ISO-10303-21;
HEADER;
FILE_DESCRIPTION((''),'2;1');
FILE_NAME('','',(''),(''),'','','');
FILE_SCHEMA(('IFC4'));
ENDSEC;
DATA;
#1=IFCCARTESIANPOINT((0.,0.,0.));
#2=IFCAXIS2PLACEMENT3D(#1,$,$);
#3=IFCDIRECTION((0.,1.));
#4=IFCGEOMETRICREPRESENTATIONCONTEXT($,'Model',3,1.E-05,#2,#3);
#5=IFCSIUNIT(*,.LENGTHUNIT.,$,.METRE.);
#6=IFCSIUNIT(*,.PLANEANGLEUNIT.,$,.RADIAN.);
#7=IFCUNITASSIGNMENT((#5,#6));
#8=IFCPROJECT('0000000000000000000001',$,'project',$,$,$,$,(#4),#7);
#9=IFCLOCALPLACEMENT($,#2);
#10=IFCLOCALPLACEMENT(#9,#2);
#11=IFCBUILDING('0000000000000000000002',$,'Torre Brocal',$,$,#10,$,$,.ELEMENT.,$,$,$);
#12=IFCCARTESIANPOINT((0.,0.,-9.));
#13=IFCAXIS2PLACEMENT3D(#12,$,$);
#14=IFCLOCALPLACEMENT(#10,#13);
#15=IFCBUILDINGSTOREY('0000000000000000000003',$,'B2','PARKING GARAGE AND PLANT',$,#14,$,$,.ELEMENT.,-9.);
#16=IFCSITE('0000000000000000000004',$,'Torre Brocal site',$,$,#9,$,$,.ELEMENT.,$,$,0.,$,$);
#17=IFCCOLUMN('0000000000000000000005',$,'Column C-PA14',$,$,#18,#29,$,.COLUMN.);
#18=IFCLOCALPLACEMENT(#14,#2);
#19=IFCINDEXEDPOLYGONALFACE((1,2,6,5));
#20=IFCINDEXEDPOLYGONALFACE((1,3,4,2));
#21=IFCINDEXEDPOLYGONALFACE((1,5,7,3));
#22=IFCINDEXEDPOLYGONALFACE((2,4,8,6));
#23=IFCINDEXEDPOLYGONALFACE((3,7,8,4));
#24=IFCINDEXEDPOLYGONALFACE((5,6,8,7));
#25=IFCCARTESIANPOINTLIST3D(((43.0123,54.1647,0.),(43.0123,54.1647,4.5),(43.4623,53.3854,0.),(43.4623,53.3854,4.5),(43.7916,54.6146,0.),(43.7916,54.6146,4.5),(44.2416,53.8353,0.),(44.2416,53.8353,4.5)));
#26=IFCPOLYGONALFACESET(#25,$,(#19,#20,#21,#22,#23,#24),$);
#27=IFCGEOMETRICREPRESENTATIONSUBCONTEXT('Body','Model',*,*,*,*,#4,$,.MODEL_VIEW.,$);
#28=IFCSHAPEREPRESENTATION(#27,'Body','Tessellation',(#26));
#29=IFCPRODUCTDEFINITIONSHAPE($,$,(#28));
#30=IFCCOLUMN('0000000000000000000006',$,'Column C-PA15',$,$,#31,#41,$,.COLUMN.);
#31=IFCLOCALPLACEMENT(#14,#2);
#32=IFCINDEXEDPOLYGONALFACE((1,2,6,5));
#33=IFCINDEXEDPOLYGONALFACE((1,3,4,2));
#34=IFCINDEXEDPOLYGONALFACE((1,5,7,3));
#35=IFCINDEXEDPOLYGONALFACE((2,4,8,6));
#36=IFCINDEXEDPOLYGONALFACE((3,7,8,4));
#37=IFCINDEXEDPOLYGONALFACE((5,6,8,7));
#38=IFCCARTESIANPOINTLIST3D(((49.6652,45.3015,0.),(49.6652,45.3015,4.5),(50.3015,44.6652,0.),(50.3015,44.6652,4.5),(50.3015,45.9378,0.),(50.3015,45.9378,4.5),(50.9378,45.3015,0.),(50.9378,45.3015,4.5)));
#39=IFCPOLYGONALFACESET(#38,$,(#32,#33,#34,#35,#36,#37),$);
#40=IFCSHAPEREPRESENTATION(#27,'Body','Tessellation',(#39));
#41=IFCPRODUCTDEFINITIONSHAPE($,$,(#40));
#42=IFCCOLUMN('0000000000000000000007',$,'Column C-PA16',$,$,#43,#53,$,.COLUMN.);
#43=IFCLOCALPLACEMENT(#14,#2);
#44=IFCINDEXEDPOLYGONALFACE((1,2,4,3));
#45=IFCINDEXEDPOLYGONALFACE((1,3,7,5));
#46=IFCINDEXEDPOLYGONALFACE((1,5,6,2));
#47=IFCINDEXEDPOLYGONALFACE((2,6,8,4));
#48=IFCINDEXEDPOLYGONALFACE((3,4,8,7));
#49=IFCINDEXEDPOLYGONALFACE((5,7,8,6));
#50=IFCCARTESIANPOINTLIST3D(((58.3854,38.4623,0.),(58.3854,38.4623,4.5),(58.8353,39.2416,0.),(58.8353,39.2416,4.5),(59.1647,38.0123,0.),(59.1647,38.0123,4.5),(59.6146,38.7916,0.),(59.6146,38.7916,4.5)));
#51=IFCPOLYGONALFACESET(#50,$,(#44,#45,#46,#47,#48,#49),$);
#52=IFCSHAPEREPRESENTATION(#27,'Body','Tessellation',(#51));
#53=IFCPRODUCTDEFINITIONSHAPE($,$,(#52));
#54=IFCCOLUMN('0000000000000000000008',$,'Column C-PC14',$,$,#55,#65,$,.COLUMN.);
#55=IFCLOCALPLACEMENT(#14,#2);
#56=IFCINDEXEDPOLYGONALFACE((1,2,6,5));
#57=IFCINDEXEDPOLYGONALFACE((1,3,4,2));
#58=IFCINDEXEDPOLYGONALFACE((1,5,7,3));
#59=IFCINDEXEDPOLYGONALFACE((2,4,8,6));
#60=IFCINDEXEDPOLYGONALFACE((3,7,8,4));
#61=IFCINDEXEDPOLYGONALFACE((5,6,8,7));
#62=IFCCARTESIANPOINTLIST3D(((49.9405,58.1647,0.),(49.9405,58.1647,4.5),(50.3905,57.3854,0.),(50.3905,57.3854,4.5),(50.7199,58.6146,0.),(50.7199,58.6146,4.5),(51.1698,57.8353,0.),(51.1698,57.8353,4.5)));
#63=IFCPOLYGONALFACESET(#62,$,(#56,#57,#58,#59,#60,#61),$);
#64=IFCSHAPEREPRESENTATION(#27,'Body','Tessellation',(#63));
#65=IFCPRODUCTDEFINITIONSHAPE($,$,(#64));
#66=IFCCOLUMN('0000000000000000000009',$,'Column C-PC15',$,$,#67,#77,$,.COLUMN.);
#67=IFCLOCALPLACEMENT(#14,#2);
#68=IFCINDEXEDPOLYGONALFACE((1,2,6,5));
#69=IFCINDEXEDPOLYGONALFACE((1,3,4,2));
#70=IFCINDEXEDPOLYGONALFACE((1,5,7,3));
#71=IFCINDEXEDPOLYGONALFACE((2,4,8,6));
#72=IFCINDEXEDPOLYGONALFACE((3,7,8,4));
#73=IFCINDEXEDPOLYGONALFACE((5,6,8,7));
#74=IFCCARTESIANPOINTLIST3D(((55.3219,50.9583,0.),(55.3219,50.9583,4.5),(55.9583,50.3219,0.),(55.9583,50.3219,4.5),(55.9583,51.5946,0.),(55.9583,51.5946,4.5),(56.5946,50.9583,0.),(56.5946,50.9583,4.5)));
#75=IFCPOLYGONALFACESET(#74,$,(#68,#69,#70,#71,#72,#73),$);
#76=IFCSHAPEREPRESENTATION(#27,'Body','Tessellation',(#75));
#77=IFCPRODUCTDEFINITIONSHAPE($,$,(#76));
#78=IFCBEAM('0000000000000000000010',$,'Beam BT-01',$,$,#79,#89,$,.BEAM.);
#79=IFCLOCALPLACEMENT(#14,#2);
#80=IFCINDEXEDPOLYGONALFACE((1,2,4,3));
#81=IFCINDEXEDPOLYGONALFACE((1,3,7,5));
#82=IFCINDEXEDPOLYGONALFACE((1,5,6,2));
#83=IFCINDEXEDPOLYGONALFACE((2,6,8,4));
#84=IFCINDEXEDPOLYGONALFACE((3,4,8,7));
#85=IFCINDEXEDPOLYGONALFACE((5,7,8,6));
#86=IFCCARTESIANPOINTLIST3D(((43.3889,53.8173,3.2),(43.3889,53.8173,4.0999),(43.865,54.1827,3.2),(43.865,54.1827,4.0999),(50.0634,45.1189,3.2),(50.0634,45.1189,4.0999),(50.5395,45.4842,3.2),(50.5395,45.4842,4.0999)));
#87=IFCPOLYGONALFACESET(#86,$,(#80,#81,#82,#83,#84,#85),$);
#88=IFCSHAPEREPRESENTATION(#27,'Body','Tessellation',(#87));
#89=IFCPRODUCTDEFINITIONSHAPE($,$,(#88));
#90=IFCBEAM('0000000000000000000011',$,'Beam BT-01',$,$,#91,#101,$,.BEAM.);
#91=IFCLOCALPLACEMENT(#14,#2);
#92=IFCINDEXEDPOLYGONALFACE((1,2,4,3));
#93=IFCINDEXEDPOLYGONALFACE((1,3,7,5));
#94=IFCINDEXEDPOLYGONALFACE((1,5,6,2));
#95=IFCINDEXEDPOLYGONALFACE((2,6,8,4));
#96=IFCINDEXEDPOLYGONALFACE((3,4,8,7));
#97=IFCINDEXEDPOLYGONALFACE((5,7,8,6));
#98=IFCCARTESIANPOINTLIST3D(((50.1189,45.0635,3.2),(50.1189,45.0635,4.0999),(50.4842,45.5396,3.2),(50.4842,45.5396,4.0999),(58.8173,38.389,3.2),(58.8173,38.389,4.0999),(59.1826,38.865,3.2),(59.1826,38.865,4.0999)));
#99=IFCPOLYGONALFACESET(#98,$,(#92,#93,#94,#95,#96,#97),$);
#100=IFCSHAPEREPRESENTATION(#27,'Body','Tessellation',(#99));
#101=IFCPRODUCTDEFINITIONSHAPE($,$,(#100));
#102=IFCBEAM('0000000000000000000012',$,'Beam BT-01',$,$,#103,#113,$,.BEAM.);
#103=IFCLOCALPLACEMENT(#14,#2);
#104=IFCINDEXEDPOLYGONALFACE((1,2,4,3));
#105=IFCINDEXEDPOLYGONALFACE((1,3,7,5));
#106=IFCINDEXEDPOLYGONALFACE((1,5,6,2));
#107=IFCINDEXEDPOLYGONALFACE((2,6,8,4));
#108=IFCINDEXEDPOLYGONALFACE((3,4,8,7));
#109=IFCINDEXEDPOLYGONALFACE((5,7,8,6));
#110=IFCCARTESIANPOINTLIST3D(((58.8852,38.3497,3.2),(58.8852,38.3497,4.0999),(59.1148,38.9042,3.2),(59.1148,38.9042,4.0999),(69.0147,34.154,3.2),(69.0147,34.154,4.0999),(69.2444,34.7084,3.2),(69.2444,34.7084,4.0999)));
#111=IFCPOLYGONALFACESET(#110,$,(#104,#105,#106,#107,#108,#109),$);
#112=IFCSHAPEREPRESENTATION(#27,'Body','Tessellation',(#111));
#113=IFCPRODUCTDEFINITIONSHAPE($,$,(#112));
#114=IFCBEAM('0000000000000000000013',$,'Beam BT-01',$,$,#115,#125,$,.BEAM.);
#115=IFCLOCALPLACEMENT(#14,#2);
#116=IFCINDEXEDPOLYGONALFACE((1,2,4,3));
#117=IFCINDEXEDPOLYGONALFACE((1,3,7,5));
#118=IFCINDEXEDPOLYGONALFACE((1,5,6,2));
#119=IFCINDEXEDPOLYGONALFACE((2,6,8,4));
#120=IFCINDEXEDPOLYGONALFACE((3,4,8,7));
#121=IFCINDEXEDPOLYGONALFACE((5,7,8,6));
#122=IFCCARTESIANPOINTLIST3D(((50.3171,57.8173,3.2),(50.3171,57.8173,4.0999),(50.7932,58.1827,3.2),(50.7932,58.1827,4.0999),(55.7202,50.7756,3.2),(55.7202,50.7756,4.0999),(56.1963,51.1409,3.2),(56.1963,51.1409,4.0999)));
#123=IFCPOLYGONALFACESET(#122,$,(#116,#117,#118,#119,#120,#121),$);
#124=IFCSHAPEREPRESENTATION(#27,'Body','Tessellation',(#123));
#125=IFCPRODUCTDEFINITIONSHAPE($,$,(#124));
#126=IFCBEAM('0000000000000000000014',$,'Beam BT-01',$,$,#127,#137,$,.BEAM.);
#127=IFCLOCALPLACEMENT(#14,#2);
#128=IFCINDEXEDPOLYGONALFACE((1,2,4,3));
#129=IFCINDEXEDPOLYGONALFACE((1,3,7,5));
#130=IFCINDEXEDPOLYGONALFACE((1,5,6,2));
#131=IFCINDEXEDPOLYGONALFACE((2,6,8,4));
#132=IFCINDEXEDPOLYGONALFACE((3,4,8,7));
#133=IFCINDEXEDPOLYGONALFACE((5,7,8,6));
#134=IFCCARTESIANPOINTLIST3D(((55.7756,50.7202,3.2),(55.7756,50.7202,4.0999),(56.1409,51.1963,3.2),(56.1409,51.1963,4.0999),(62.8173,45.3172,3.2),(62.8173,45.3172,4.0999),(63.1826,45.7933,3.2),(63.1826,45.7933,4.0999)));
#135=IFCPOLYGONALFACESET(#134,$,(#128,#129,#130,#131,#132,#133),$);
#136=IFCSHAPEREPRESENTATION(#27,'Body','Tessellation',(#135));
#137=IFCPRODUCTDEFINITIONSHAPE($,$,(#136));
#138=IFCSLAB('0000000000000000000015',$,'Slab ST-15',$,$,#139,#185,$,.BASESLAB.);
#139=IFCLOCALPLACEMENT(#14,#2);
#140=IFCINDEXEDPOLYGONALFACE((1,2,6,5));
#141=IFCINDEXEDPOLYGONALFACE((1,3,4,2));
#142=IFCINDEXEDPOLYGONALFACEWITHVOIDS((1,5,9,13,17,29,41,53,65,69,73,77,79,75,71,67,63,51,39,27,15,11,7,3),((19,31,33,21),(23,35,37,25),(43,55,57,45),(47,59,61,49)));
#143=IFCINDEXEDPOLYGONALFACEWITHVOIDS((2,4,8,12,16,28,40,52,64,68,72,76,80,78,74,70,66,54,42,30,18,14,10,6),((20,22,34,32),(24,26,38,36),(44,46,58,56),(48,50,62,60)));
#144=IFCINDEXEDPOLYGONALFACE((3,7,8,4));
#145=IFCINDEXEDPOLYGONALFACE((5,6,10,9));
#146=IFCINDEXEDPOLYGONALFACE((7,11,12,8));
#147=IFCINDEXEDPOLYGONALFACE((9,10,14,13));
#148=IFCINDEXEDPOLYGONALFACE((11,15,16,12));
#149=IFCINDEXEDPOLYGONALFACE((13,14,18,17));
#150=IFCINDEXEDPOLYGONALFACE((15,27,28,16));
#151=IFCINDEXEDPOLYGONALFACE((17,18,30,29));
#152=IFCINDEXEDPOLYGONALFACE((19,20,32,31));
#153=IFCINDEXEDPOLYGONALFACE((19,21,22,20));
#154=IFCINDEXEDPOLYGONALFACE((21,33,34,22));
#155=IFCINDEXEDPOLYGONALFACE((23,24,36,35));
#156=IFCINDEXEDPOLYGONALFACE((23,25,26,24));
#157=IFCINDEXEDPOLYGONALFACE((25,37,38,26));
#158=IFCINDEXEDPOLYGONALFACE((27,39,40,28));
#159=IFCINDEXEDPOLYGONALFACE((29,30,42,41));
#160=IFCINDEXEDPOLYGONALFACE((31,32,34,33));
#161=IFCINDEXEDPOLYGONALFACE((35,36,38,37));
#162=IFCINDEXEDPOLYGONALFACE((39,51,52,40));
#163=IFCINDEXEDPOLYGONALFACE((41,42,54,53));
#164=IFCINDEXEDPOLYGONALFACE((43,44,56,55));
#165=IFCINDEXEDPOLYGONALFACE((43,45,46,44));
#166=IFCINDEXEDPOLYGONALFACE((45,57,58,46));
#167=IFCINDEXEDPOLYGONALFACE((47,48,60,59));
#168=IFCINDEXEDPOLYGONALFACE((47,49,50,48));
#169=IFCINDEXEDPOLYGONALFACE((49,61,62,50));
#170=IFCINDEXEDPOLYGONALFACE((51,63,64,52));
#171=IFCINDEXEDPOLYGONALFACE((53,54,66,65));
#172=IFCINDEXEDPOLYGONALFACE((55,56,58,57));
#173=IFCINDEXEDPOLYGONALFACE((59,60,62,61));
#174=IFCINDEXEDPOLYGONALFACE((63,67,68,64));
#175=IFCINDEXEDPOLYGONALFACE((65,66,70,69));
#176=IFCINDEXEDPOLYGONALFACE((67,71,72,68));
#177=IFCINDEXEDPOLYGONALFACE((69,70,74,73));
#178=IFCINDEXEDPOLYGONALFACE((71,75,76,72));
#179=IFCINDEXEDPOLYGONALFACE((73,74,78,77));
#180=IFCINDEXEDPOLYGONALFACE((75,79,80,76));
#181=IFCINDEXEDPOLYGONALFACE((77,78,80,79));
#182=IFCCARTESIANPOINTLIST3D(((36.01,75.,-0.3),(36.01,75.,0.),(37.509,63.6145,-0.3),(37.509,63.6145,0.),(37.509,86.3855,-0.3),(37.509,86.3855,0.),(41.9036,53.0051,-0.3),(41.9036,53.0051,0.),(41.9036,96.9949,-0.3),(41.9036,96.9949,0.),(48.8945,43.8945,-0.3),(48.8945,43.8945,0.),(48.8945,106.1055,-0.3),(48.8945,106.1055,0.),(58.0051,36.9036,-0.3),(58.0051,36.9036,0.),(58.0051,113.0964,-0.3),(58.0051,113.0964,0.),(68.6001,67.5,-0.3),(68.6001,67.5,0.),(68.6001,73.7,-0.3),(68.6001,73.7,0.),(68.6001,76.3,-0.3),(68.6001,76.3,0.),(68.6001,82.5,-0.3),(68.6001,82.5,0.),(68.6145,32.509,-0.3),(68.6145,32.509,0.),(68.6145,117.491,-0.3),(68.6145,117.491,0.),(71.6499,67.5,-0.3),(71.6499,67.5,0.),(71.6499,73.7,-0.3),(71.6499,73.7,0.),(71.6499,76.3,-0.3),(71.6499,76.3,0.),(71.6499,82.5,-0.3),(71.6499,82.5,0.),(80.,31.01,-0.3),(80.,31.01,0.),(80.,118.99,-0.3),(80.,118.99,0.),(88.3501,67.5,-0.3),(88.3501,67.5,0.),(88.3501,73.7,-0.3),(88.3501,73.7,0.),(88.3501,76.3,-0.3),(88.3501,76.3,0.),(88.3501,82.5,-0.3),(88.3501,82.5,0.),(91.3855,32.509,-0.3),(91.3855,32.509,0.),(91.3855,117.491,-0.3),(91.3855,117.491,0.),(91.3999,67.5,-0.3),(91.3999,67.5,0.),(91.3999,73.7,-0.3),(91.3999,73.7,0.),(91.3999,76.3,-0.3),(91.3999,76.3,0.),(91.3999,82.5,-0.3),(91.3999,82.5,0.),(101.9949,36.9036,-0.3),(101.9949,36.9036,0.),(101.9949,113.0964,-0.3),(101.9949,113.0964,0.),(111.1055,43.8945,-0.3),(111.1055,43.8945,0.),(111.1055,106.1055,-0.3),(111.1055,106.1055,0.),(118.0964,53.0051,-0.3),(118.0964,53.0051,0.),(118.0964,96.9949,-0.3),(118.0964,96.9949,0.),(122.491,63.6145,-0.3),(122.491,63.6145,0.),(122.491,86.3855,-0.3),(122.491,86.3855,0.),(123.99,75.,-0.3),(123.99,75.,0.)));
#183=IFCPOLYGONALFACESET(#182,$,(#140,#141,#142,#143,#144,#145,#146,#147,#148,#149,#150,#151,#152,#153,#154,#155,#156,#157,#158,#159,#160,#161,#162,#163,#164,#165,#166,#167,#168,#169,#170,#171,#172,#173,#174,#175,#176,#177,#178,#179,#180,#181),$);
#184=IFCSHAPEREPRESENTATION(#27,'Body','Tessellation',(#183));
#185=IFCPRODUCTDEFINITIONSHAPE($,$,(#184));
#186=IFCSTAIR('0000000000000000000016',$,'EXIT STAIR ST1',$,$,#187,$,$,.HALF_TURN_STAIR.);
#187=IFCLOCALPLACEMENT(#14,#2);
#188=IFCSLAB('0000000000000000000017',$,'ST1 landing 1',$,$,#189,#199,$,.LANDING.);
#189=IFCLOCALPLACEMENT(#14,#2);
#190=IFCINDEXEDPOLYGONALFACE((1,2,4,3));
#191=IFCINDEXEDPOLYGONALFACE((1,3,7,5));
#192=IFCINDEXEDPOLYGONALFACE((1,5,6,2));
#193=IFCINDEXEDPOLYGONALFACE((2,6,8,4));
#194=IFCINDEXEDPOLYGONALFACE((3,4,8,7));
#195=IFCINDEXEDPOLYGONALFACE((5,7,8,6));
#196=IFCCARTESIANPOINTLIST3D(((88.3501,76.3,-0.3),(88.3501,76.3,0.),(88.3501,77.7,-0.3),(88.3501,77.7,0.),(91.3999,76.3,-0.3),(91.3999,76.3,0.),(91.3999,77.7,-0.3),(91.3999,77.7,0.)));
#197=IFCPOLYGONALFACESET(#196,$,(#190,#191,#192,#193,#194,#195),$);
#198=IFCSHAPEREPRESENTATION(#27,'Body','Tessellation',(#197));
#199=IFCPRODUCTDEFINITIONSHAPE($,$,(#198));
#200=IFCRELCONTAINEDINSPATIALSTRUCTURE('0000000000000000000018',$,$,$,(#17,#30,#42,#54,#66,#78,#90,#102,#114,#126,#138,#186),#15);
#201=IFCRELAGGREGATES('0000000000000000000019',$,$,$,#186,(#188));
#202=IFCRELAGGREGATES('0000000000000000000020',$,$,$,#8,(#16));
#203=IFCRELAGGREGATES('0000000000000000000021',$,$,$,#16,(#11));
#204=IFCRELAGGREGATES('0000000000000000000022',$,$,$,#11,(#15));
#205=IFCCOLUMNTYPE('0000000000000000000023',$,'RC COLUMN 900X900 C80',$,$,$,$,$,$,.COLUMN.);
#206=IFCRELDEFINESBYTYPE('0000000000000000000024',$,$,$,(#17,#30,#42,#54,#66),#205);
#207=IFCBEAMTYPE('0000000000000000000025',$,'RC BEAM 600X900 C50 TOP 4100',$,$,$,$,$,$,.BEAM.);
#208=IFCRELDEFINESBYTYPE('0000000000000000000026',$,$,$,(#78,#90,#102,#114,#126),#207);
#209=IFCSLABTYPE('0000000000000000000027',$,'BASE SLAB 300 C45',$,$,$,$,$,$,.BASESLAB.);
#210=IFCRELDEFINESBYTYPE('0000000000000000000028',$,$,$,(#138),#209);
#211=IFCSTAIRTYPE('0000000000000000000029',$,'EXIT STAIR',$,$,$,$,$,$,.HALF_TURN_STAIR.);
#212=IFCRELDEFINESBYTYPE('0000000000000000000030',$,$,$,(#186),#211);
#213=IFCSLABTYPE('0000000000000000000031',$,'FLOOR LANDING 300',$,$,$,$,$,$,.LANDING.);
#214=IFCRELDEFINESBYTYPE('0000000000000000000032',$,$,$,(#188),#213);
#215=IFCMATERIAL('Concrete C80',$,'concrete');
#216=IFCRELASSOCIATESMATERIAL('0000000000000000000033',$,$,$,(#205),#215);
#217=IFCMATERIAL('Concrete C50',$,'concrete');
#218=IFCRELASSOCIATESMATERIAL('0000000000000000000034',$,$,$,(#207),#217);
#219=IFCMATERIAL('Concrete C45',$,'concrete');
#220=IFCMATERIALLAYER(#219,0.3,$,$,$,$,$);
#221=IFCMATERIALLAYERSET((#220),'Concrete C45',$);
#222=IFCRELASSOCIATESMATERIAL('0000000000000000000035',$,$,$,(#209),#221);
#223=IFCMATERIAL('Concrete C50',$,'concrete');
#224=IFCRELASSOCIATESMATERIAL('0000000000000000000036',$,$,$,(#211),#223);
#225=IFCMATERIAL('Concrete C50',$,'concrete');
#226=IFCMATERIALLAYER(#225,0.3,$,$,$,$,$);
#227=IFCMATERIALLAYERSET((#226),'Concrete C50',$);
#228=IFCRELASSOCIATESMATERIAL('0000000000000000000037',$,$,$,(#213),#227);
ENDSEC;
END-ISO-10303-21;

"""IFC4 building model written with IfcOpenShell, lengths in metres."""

from ifc_helpers import new_model, si_unit, direction, frame, origin, origin_2d, place, context, subcontext, project, spatial, polyline, rectangle, outline, extrude, material, layer, layer_set, material_profile, profile_set, type_object, element, aggregate, save


model = new_model("IFC4")

# Units and contexts
model_context = context("Model", 3, precision=1e-05, world=origin(), true_north=direction((0.0, 1.0)))
body_context = subcontext(model_context, "Body", "Model", "MODEL_VIEW")
ifc_project = project(units=[si_unit("LENGTHUNIT", "METRE"), si_unit("PLANEANGLEUNIT", "RADIAN")], contexts=[model_context])

# Site, building, storey
site_placement = place(None, origin())
site = spatial("IfcSite", under=ifc_project, at=site_placement, Name="Torre Brocal site", CompositionType="ELEMENT", RefElevation=0.0)
building_placement = place(site_placement, origin())
building = spatial("IfcBuilding", under=site, at=building_placement, Name="Torre Brocal", CompositionType="ELEMENT")
storey_placement = place(building_placement, frame((0.0, 0.0, -9.0)))
storey = spatial("IfcBuildingStorey", under=building, at=storey_placement, Name="B2", Description="PARKING GARAGE AND PLANT", CompositionType="ELEMENT", Elevation=-9.0)

# Columns
ifc_material_1 = material(Name="Concrete C80", Category="concrete")
ifc_material_profile_1 = material_profile(ifc_material_1, rectangle(XDim=0.8999, YDim=0.8999, at=origin_2d()), Name="RC 900X900")
ifc_profile_set_1 = profile_set([ifc_material_profile_1], Name="Concrete C80")
column_type = type_object("IfcColumnType", Name="RC COLUMN 900X900 C80", PredefinedType="COLUMN", material=ifc_profile_set_1)
for number, where, z_axis, x_axis, name in (
    (1, (43.627, 54.0, 0.0), (0.0, 0.0, 1.0), (-0.866025, -0.5, 0.0), "Column C-PA14"),
    (2, (50.3015, 45.3015, 0.0), (0.0, 0.0, 1.0), (-0.707107, -0.707107, 0.0), "Column C-PA15"),
    (3, (59.0, 38.627, 0.0), (0.0, 0.0, 1.0), (-0.5, -0.866025, 0.0), "Column C-PA16"),
    (4, (50.5552, 58.0, 0.0), (0.0, 0.0, 1.0), (-0.866025, -0.5, 0.0), "Column C-PC14"),
    (5, (55.9583, 50.9583, 0.0), (0.0, 0.0, 1.0), (-0.707107, -0.707107, 0.0), "Column C-PC15"),
):
    element("IfcColumn", number, at=place(storey_placement, frame(where, z_axis=z_axis, x_axis=x_axis)), inside=storey, type_object=column_type, Name=name, PredefinedType="COLUMN", context=body_context, shape_type="SweptSolid", body=[
        extrude(rectangle(XDim=0.8999, YDim=0.8999, at=origin_2d()), origin(), (0.0, 0.0, 1.0), 4.5),
    ])

# Beams
ifc_material_2 = material(Name="Concrete C50", Category="concrete")
ifc_material_profile_2 = material_profile(ifc_material_2, rectangle(XDim=0.6001, YDim=0.8999, at=origin_2d()), Name="RC 600X900")
ifc_profile_set_2 = profile_set([ifc_material_profile_2], Name="Concrete C50")
beam_type = type_object("IfcBeamType", Name="RC BEAM 600X900 C50 TOP 4100", PredefinedType="BEAM", material=ifc_profile_set_2)
for number, where, z_axis, x_axis, name in (
    (6, (43.627, 54.0, 3.6499), (0.60876, -0.793354, 0.0), (0.793354, 0.60876, 0.0), "Beam BT-01"),
    (7, (50.3015, 45.3015, 3.6499), (0.793354, -0.60876, 0.0), (0.60876, 0.793354, 0.0), "Beam BT-01"),
    (8, (59.0, 38.627, 3.6499), (0.923881, -0.382681, 0.0), (0.382681, 0.923881, 0.0), "Beam BT-01"),
):
    element("IfcBeam", number, at=place(storey_placement, frame(where, z_axis=z_axis, x_axis=x_axis)), inside=storey, type_object=beam_type, Name=name, PredefinedType="BEAM", context=body_context, shape_type="SweptSolid", body=[
        extrude(rectangle(XDim=0.6001, YDim=0.8999, at=origin_2d()), origin(), (0.0, 0.0, 1.0), 10.9641),
    ])
for number, where, z_axis, x_axis, name in (
    (9, (50.5552, 58.0, 3.6499), (0.608744, -0.793367, 0.0), (0.793367, 0.608744, 0.0), "Beam BT-01"),
    (10, (55.9583, 50.9583, 3.6499), (0.793367, -0.608744, 0.0), (0.608744, 0.793367, 0.0), "Beam BT-01"),
):
    element("IfcBeam", number, at=place(storey_placement, frame(where, z_axis=z_axis, x_axis=x_axis)), inside=storey, type_object=beam_type, Name=name, PredefinedType="BEAM", context=body_context, shape_type="SweptSolid", body=[
        extrude(rectangle(XDim=0.6001, YDim=0.8999, at=origin_2d()), origin(), (0.0, 0.0, 1.0), 8.8757),
    ])

# Slab
ifc_material_3 = material(Name="Concrete C45", Category="concrete")
ifc_layer_1 = layer(ifc_material_3, 0.3)
ifc_layer_set_1 = layer_set([ifc_layer_1], Name="Concrete C45")
slab_type_1 = type_object("IfcSlabType", Name="BASE SLAB 300 C45", PredefinedType="BASESLAB", material=ifc_layer_set_1)
slab_1_placement = place(storey_placement, frame((0.0, 0.0, -0.3)))
element("IfcSlab", 11, at=slab_1_placement, inside=storey, type_object=slab_type_1, Name="Slab ST-15", PredefinedType="BASESLAB", context=body_context, shape_type="SweptSolid", body=[
    extrude(outline(polyline([(118.0964, 53.0051), (111.1055, 43.8945), (101.9949, 36.9036), (91.3855, 32.509), (80.0, 31.01), (68.6145, 32.509), (58.0051, 36.9036), (48.8945, 43.8945), (41.9036, 53.0051), (37.509, 63.6145), (36.01, 75.0), (37.509, 86.3855), (41.9036, 96.9949), (48.8945, 106.1055), (58.0051, 113.0964), (68.6145, 117.491), (80.0, 118.99), (91.3855, 117.491), (101.9949, 113.0964), (111.1055, 106.1055), (118.0964, 96.9949), (122.491, 86.3855), (123.99, 75.0), (122.491, 63.6145), (118.0964, 53.0051)]), holes=[polyline([(88.3501, 67.5), (91.3999, 67.5), (91.3999, 73.7), (88.3501, 73.7), (88.3501, 67.5)]), polyline([(88.3501, 76.3), (91.3999, 76.3), (91.3999, 82.5), (88.3501, 82.5), (88.3501, 76.3)]), polyline([(71.6499, 73.7), (68.6001, 73.7), (68.6001, 67.5), (71.6499, 67.5), (71.6499, 73.7)]), polyline([(71.6499, 82.5), (68.6001, 82.5), (68.6001, 76.3), (71.6499, 76.3), (71.6499, 82.5)])]), origin(), (0.0, 0.0, 1.0), 0.3),
])

# Stair, slab
ifc_material_4 = material(Name="Concrete C50", Category="concrete")
stair_type = type_object("IfcStairType", Name="EXIT STAIR", PredefinedType="HALF_TURN_STAIR", material=ifc_material_4)
stair_1_placement = place(storey_placement, origin())
stair_1 = element("IfcStair", 12, at=stair_1_placement, inside=storey, type_object=stair_type, Name="EXIT STAIR ST1", PredefinedType="HALF_TURN_STAIR")
ifc_material_5 = material(Name="Concrete C50", Category="concrete")
ifc_layer_2 = layer(ifc_material_5, 0.3)
ifc_layer_set_2 = layer_set([ifc_layer_2], Name="Concrete C50")
slab_type_2 = type_object("IfcSlabType", Name="FLOOR LANDING 300", PredefinedType="LANDING", material=ifc_layer_set_2)
slab_2_placement = place(storey_placement, frame((0.0, 0.0, -0.3)))
slab_2 = element("IfcSlab", 13, at=slab_2_placement, type_object=slab_type_2, Name="ST1 landing 1", PredefinedType="LANDING", context=body_context, shape_type="SweptSolid", body=[
    extrude(outline(polyline([(88.3501, 76.3), (91.3999, 76.3), (91.3999, 77.7), (88.3501, 77.7), (88.3501, 76.3)])), origin(), (0.0, 0.0, 1.0), 0.3),
])

aggregate(stair_1, [slab_2])

save(model, "model.ifc")
